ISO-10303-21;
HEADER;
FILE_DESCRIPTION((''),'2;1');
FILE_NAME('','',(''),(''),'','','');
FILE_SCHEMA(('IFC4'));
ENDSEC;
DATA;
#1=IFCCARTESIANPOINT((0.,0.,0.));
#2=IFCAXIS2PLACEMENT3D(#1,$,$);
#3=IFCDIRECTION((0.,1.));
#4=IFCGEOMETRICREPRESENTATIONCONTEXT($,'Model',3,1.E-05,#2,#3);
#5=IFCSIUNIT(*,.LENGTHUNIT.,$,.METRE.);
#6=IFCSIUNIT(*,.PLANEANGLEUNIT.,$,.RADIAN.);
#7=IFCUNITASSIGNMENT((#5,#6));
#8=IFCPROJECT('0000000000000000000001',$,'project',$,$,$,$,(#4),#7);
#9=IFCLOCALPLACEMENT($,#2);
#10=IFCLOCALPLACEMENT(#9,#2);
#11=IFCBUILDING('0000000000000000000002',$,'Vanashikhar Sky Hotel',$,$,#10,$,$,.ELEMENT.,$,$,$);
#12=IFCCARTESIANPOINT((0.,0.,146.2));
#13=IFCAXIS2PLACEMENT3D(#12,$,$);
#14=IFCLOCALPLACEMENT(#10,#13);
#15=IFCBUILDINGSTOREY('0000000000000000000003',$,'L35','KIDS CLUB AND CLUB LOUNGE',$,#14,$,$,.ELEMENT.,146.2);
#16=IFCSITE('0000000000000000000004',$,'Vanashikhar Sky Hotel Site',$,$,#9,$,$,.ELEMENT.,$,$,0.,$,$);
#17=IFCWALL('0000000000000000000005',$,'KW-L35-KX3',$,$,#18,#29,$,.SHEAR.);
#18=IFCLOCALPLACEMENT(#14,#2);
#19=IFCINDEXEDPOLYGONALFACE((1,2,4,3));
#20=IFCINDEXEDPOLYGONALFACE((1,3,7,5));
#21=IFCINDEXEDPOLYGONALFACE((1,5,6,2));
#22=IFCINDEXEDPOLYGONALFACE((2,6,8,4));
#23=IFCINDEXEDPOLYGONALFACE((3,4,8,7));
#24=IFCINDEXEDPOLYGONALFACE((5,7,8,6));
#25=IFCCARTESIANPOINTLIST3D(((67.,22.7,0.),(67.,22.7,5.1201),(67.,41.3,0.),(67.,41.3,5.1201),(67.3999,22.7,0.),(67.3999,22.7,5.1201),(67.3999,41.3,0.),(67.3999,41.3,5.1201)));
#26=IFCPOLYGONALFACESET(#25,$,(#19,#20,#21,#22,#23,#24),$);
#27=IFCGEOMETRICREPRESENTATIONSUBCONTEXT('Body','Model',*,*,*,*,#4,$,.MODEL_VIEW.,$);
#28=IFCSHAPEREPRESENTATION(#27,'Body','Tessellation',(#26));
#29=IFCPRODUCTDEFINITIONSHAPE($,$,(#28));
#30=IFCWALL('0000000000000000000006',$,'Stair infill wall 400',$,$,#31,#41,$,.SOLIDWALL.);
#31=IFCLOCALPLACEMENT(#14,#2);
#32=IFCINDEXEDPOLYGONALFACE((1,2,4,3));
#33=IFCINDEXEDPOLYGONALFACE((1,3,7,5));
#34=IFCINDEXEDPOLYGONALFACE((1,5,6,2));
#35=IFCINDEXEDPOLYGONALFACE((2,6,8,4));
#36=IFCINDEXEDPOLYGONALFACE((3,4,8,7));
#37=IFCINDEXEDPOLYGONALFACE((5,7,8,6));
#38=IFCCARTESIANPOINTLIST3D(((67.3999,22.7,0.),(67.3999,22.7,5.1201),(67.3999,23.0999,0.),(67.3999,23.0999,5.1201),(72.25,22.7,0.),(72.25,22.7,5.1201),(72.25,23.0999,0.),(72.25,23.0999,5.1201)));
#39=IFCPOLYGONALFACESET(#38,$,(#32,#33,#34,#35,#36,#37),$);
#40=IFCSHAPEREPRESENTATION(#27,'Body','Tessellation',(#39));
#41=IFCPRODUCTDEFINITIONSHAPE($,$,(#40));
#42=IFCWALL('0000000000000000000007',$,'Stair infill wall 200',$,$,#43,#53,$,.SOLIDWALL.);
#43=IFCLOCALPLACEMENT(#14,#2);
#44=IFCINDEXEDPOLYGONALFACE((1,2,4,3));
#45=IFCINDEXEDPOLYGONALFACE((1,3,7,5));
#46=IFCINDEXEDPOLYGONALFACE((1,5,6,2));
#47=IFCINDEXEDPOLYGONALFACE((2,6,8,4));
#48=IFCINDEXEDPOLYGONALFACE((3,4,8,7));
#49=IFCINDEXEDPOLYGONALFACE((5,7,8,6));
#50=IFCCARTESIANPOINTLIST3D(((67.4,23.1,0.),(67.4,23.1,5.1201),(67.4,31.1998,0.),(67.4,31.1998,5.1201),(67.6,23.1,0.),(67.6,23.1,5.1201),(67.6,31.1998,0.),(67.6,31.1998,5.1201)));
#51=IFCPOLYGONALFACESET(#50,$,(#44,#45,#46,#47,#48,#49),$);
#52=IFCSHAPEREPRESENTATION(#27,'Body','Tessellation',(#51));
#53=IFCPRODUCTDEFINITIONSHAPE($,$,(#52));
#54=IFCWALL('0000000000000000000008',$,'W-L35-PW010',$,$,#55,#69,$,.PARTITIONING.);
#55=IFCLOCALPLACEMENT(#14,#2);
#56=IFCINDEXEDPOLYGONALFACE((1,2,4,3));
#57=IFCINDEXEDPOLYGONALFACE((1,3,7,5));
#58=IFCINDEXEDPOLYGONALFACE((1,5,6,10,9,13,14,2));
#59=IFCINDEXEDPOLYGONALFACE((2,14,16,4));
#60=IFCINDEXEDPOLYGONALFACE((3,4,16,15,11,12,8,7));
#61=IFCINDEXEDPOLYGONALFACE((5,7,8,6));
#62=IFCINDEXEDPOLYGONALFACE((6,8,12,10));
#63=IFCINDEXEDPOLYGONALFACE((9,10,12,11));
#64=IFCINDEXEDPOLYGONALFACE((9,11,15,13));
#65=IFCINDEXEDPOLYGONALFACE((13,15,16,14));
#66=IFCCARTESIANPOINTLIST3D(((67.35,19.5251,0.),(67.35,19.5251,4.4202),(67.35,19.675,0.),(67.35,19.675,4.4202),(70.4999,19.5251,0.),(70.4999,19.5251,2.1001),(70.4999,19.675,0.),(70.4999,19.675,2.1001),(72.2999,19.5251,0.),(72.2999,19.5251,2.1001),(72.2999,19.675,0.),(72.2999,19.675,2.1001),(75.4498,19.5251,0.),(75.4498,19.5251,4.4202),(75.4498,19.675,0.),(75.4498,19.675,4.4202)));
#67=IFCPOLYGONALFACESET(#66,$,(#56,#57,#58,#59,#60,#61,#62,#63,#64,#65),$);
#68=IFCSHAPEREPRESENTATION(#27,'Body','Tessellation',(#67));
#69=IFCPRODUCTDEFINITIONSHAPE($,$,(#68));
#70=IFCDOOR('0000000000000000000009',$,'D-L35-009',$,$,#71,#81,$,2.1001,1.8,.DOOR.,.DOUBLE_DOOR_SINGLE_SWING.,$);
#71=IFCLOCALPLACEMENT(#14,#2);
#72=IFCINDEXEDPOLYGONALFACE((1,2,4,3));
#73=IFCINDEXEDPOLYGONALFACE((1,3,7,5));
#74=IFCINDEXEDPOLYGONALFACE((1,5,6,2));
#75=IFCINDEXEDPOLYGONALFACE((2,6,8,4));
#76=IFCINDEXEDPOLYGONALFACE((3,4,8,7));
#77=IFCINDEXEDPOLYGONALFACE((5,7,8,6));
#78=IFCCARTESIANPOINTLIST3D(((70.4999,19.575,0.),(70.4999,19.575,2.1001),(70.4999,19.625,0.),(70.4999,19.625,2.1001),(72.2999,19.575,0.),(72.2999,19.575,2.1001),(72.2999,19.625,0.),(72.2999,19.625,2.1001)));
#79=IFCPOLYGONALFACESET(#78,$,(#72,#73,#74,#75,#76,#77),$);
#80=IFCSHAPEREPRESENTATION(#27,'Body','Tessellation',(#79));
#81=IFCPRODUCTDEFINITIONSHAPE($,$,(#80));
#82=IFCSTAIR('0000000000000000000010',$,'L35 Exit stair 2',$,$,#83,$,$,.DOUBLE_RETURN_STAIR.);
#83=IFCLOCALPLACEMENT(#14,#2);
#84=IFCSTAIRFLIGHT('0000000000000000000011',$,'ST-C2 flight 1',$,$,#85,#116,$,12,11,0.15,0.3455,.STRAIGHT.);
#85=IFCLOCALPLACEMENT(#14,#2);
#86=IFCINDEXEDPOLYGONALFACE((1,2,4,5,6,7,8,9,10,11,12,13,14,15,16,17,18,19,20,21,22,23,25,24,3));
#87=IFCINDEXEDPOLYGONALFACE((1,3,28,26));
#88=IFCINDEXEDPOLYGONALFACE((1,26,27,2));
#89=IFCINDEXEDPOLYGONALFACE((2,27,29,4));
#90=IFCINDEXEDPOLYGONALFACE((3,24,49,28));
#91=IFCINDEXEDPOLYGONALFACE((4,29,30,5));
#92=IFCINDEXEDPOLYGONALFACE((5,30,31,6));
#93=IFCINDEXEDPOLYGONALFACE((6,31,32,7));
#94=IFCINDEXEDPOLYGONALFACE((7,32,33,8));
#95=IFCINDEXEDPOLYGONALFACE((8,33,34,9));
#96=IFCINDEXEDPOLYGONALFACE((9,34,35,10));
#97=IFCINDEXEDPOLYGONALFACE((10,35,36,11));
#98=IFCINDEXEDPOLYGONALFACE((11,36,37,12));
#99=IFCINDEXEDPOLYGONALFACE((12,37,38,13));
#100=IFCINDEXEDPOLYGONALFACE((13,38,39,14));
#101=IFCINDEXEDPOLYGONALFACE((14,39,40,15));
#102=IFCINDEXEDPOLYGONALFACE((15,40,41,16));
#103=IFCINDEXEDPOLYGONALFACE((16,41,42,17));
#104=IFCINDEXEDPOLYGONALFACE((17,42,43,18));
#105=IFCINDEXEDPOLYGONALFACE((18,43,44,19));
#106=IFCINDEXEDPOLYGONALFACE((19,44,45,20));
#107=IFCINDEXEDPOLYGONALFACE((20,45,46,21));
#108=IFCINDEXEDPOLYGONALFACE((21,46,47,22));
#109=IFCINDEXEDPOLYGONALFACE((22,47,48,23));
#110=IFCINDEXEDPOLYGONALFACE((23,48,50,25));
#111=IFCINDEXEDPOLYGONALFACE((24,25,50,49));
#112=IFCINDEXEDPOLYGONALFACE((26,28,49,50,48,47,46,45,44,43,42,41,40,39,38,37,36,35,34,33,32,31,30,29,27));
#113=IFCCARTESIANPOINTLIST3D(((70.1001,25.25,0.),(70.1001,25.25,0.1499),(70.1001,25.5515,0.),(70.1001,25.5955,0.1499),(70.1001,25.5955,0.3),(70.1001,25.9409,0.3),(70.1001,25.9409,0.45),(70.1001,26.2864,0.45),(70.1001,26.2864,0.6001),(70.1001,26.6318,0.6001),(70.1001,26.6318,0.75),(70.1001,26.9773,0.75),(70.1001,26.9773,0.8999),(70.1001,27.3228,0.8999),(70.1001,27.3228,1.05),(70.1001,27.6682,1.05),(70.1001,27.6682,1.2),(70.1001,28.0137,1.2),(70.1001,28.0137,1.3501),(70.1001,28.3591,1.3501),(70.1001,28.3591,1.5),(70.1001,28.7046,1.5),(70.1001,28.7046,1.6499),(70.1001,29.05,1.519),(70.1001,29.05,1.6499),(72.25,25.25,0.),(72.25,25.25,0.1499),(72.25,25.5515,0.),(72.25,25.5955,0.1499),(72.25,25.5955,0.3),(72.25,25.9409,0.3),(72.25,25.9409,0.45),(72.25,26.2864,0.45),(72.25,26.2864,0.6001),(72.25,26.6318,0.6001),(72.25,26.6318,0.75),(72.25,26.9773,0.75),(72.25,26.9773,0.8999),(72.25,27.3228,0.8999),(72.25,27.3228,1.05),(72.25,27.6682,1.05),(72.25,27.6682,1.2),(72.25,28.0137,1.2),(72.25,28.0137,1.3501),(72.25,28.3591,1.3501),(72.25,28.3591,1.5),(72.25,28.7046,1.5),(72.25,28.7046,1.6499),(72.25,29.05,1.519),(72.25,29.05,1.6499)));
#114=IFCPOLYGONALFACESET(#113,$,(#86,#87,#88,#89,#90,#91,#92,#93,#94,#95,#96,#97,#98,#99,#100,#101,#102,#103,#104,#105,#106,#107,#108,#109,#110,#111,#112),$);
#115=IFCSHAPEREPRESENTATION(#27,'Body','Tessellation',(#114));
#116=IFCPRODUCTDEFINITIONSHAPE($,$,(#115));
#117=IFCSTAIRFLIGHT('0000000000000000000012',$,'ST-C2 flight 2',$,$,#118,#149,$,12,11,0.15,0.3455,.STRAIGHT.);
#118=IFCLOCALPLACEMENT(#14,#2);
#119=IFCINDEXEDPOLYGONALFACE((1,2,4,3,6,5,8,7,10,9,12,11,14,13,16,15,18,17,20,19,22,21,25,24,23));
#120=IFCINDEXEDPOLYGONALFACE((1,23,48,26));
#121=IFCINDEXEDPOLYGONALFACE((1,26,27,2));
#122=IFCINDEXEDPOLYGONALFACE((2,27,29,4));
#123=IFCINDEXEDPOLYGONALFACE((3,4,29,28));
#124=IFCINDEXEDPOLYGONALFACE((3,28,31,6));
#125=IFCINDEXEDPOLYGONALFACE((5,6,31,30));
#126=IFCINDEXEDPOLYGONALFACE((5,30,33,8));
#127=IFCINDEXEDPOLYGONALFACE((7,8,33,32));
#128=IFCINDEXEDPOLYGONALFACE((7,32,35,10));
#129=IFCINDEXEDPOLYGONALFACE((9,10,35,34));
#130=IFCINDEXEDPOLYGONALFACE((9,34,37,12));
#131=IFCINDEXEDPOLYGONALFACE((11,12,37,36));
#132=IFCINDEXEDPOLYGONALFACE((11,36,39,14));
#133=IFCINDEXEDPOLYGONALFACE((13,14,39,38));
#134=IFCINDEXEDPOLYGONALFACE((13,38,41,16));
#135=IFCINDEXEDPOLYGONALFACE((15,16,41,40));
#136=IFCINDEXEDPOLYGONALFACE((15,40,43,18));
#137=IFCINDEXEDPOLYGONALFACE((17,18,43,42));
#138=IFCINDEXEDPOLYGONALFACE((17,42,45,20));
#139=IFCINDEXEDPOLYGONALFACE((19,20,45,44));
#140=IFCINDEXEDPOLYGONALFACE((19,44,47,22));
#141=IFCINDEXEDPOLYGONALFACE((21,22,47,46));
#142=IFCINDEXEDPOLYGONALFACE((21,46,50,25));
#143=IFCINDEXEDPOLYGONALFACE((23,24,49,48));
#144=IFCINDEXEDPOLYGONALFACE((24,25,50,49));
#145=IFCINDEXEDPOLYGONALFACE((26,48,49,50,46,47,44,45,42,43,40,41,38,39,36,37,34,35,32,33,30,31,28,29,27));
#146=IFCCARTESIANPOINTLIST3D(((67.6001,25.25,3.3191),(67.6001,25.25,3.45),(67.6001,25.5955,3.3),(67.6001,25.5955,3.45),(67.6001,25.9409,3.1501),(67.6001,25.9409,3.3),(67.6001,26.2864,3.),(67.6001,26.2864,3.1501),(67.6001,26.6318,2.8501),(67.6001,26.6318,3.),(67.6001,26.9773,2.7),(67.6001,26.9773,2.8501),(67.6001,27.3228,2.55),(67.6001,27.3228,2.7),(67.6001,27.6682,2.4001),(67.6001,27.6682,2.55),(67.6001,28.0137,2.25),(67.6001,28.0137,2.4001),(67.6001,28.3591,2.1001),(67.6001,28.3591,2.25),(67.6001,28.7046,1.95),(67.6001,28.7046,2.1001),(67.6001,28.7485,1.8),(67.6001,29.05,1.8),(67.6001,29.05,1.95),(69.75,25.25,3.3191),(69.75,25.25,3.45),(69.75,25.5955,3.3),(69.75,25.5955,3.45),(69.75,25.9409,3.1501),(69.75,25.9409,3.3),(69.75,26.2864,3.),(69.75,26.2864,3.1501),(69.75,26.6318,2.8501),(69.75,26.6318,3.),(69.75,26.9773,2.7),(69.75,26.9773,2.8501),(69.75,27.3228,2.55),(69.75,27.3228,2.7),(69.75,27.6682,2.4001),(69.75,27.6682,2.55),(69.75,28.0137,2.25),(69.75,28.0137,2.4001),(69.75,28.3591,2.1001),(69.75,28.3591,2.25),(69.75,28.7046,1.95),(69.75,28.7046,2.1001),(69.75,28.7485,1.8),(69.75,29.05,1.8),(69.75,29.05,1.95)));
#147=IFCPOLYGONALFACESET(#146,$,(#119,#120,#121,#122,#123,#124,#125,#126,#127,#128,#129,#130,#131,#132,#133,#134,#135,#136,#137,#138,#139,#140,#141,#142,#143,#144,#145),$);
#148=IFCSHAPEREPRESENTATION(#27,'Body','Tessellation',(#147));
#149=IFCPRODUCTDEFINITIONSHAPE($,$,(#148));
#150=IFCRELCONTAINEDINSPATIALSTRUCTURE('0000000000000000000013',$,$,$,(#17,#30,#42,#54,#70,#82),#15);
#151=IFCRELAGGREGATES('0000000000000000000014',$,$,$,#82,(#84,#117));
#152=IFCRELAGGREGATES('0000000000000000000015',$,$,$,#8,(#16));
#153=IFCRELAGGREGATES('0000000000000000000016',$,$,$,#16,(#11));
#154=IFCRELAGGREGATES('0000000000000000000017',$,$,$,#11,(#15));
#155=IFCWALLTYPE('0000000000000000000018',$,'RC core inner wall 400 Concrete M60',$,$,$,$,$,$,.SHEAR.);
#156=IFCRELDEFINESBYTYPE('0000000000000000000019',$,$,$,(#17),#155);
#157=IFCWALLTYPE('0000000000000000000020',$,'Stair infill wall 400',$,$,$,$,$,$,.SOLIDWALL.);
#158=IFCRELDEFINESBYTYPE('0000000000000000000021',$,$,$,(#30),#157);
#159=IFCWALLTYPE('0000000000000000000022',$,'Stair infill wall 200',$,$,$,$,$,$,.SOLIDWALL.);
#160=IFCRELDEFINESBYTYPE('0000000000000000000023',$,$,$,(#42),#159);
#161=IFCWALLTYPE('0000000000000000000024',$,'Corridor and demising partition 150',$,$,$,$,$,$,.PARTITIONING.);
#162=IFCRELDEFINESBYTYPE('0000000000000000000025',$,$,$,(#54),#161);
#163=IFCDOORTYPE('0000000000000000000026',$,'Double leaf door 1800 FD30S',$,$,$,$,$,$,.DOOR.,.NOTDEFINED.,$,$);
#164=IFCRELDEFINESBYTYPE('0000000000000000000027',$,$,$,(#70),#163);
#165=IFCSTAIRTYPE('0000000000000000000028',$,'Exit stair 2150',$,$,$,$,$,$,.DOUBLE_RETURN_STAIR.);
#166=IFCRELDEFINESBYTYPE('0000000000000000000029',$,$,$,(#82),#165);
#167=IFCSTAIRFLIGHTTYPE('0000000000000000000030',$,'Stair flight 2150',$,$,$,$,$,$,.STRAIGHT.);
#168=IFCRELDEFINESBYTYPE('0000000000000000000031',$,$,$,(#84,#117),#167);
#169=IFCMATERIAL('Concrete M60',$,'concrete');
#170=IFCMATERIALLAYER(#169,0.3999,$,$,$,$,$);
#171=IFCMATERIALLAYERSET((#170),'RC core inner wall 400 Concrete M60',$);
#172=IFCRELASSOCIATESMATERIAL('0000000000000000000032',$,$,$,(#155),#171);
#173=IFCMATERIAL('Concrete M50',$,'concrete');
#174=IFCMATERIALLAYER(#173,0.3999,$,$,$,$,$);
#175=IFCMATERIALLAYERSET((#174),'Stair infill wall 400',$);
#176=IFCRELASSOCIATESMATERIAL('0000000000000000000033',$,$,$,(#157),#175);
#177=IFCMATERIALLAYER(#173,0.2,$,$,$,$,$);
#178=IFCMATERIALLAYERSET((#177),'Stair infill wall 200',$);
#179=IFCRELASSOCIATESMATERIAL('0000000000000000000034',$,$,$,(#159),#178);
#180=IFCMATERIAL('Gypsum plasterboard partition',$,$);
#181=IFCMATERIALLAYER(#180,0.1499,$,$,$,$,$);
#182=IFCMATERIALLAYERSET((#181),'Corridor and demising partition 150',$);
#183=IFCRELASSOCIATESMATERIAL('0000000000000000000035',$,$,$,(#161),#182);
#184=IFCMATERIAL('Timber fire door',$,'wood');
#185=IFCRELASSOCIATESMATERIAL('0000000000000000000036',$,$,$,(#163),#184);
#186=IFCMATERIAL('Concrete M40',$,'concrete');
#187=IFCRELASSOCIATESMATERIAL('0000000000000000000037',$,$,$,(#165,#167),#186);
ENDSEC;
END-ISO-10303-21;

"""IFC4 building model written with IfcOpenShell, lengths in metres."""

from ifc_helpers import new_model, si_unit, direction, frame, frame_2d, origin, place, context, subcontext, project, spatial, polyline, rectangle, outline, extrude, source, transform, mapped, material, layer, layer_set, type_object, element, fill, aggregate, save


model = new_model("IFC4")

# Units and contexts
model_context = context("Model", 3, precision=1e-05, world=origin(), true_north=direction((0.0, 1.0)))
body_context = subcontext(model_context, "Body", "Model", "MODEL_VIEW")
ifc_project = project(units=[si_unit("LENGTHUNIT", "METRE"), si_unit("PLANEANGLEUNIT", "RADIAN")], contexts=[model_context])

# Site, building, storey
site_placement = place(None, origin())
site = spatial("IfcSite", under=ifc_project, at=site_placement, Name="Vanashikhar Sky Hotel Site", CompositionType="ELEMENT", RefElevation=0.0)
building_placement = place(site_placement, origin())
building = spatial("IfcBuilding", under=site, at=building_placement, Name="Vanashikhar Sky Hotel", CompositionType="ELEMENT")
storey_placement = place(building_placement, frame((0.0, 0.0, 146.2)))
storey = spatial("IfcBuildingStorey", under=building, at=storey_placement, Name="L35", Description="KIDS CLUB AND CLUB LOUNGE", CompositionType="ELEMENT", Elevation=146.2)

# Walls
ifc_material_1 = material(Name="Concrete M60", Category="concrete")
ifc_layer_1 = layer(ifc_material_1, 0.3999)
ifc_layer_set_1 = layer_set([ifc_layer_1], Name="RC core inner wall 400 Concrete M60")
wall_type_1 = type_object("IfcWallType", Name="RC core inner wall 400 Concrete M60", PredefinedType="SHEAR", material=ifc_layer_set_1)
shared_shape_1 = source(origin(), body_context, "Body", "SweptSolid", [
    extrude(rectangle(XDim=18.6001, YDim=0.3999, at=frame_2d((9.3, 0.0))), origin(), (0.0, 0.0, 1.0), 5.1201),
])
wall_1_placement = place(storey_placement, frame((67.2, 22.7, 0.0), z_axis=(0.0, 0.0, 1.0), x_axis=(0.0, 1.0, 0.0)))
element("IfcWall", 1, at=wall_1_placement, inside=storey, type_object=wall_type_1, Name="KW-L35-KX3", PredefinedType="SHEAR", context=body_context, shape_type="MappedRepresentation", body=[
    mapped(shared_shape_1, transform((0.0, 0.0, 0.0), scale=1.0)),
])
ifc_material_2 = material(Name="Concrete M50", Category="concrete")
ifc_layer_2 = layer(ifc_material_2, 0.3999)
ifc_layer_set_2 = layer_set([ifc_layer_2], Name="Stair infill wall 400")
wall_type_2 = type_object("IfcWallType", Name="Stair infill wall 400", PredefinedType="SOLIDWALL", material=ifc_layer_set_2)
shared_shape_2 = source(origin(), body_context, "Body", "SweptSolid", [
    extrude(rectangle(XDim=4.8501, YDim=0.3999, at=frame_2d((2.425, 0.0))), origin(), (0.0, 0.0, 1.0), 5.1201),
])
wall_2_placement = place(storey_placement, frame((67.3999, 22.8999, 0.0), z_axis=(0.0, 0.0, 1.0), x_axis=(1.0, 0.0, 0.0)))
element("IfcWall", 2, at=wall_2_placement, inside=storey, type_object=wall_type_2, Name="Stair infill wall 400", PredefinedType="SOLIDWALL", context=body_context, shape_type="MappedRepresentation", body=[
    mapped(shared_shape_2, transform((0.0, 0.0, 0.0), scale=1.0)),
])
ifc_layer_3 = layer(ifc_material_2, 0.2)
ifc_layer_set_3 = layer_set([ifc_layer_3], Name="Stair infill wall 200")
wall_type_3 = type_object("IfcWallType", Name="Stair infill wall 200", PredefinedType="SOLIDWALL", material=ifc_layer_set_3)
shared_shape_3 = source(origin(), body_context, "Body", "SweptSolid", [
    extrude(rectangle(XDim=8.0999, YDim=0.2, at=frame_2d((4.0498, 0.0))), origin(), (0.0, 0.0, 1.0), 5.1201),
])
wall_3_placement = place(storey_placement, frame((67.5, 23.1001, 0.0), z_axis=(0.0, 0.0, 1.0), x_axis=(0.0, 1.0, 0.0)))
element("IfcWall", 3, at=wall_3_placement, inside=storey, type_object=wall_type_3, Name="Stair infill wall 200", PredefinedType="SOLIDWALL", context=body_context, shape_type="MappedRepresentation", body=[
    mapped(shared_shape_3, transform((0.0, 0.0, 0.0), scale=1.0)),
])

# Wall, opening, door
ifc_material_3 = material(Name="Gypsum plasterboard partition")
ifc_layer_4 = layer(ifc_material_3, 0.1499)
ifc_layer_set_4 = layer_set([ifc_layer_4], Name="Corridor and demising partition 150")
wall_type_4 = type_object("IfcWallType", Name="Corridor and demising partition 150", PredefinedType="PARTITIONING", material=ifc_layer_set_4)
shared_shape_4 = source(origin(), body_context, "Body", "SweptSolid", [
    extrude(rectangle(XDim=8.0999, YDim=0.1499, at=frame_2d((4.0498, 0.0))), origin(), (0.0, 0.0, 1.0), 4.4202),
])
wall_4_placement = place(storey_placement, frame((67.3501, 19.6001, 0.0), z_axis=(0.0, 0.0, 1.0), x_axis=(1.0, 0.0, 0.0)))
wall_4 = element("IfcWall", 4, at=wall_4_placement, inside=storey, type_object=wall_type_4, Name="W-L35-PW010", PredefinedType="PARTITIONING", context=body_context, shape_type="MappedRepresentation", body=[
    mapped(shared_shape_4, transform((0.0, 0.0, 0.0), scale=1.0)),
])
shared_shape_5 = source(origin(), body_context, "Body", "SweptSolid", [
    extrude(rectangle(XDim=1.8, YDim=2.1001, at=frame_2d((0.8999, 1.05))), frame((0.0, 0.085, 0.0), z_axis=(0.0, -1.0, 0.0), x_axis=(1.0, 0.0, 0.0)), (0.0, 0.0, 1.0), 0.1699),
])
opening_placement = place(wall_4_placement, frame((3.1499, 0.0, 0.0)))
opening = element("IfcOpeningElement", 5, at=opening_placement, cuts=wall_4, PredefinedType="OPENING", context=body_context, shape_type="MappedRepresentation", body=[
    mapped(shared_shape_5, transform((0.0, 0.0, 0.0), scale=1.0)),
])
ifc_material_4 = material(Name="Timber fire door", Category="wood")
door_type = type_object("IfcDoorType", Name="Double leaf door 1800 FD30S", OperationType="NOTDEFINED", PredefinedType="DOOR", material=ifc_material_4)
shared_shape_6 = source(origin(), body_context, "Body", "SweptSolid", [
    extrude(rectangle(XDim=1.8, YDim=2.1001, at=frame_2d((0.8999, 1.05))), frame((0.0, 0.0249, 0.0), z_axis=(0.0, -1.0, 0.0), x_axis=(1.0, 0.0, 0.0)), (0.0, 0.0, 1.0), 0.05),
])
door_placement = place(opening_placement, origin())
door = element("IfcDoor", 6, at=door_placement, inside=storey, type_object=door_type, Name="D-L35-009", OperationType="DOUBLE_DOOR_SINGLE_SWING", OverallHeight=2.1001, OverallWidth=1.8, PredefinedType="DOOR", context=body_context, shape_type="MappedRepresentation", body=[
    mapped(shared_shape_6, transform((0.0, 0.0, 0.0), scale=1.0)),
])
fill(opening, door)

# Stair, stair flights
ifc_material_5 = material(Name="Concrete M40", Category="concrete")
stair_type = type_object("IfcStairType", Name="Exit stair 2150", PredefinedType="DOUBLE_RETURN_STAIR", material=ifc_material_5)
stair_placement = place(storey_placement, origin())
stair = element("IfcStair", 7, at=stair_placement, inside=storey, type_object=stair_type, Name="L35 Exit stair 2", PredefinedType="DOUBLE_RETURN_STAIR")
stair_flight_type = type_object("IfcStairFlightType", Name="Stair flight 2150", PredefinedType="STRAIGHT", material=ifc_material_5)
shared_shape_7 = source(origin(), body_context, "Body", "SweptSolid", [
    extrude(outline(polyline([(0.0, 0.0), (0.0, 0.1499), (0.3455, 0.1499), (0.3455, 0.3), (0.6909, 0.3), (0.6909, 0.45), (1.0364, 0.45), (1.0364, 0.6001), (1.3818, 0.6001), (1.3818, 0.75), (1.7273, 0.75), (1.7273, 0.8999), (2.0728, 0.8999), (2.0728, 1.05), (2.4182, 1.05), (2.4182, 1.2), (2.7637, 1.2), (2.7637, 1.3501), (3.1091, 1.3501), (3.1091, 1.5), (3.4546, 1.5), (3.4546, 1.6499), (3.8, 1.6499), (3.8, 1.8), (3.8, 1.519), (0.3015, 0.0), (0.0, 0.0)])), frame((0.0, 1.075, 0.0), z_axis=(0.0, -1.0, 0.0), x_axis=(1.0, 0.0, 0.0)), (0.0, 0.0, 1.0), 2.1499),
])
stair_flight_1_placement = place(storey_placement, frame((71.175, 25.25, 0.0), z_axis=(0.0, 0.0, 1.0), x_axis=(0.0, 1.0, 0.0)))
stair_flight_1 = element("IfcStairFlight", 8, at=stair_flight_1_placement, type_object=stair_flight_type, Name="ST-C2 flight 1", NumberOfRisers=12, NumberOfTreads=11, PredefinedType="STRAIGHT", RiserHeight=0.15, TreadLength=0.3455, context=body_context, shape_type="MappedRepresentation", body=[
    mapped(shared_shape_7, transform((0.0, 0.0, 0.0), scale=1.0)),
])
stair_flight_2_placement = place(storey_placement, frame((68.675, 29.05, 1.8), z_axis=(0.0, 0.0, 1.0), x_axis=(0.0, -1.0, 0.0)))
stair_flight_2 = element("IfcStairFlight", 9, at=stair_flight_2_placement, type_object=stair_flight_type, Name="ST-C2 flight 2", NumberOfRisers=12, NumberOfTreads=11, PredefinedType="STRAIGHT", RiserHeight=0.15, TreadLength=0.3455, context=body_context, shape_type="MappedRepresentation", body=[
    mapped(shared_shape_7, transform((0.0, 0.0, 0.0), scale=1.0)),
])
aggregate(stair, [stair_flight_1, stair_flight_2])

save(model, "model.ifc")
